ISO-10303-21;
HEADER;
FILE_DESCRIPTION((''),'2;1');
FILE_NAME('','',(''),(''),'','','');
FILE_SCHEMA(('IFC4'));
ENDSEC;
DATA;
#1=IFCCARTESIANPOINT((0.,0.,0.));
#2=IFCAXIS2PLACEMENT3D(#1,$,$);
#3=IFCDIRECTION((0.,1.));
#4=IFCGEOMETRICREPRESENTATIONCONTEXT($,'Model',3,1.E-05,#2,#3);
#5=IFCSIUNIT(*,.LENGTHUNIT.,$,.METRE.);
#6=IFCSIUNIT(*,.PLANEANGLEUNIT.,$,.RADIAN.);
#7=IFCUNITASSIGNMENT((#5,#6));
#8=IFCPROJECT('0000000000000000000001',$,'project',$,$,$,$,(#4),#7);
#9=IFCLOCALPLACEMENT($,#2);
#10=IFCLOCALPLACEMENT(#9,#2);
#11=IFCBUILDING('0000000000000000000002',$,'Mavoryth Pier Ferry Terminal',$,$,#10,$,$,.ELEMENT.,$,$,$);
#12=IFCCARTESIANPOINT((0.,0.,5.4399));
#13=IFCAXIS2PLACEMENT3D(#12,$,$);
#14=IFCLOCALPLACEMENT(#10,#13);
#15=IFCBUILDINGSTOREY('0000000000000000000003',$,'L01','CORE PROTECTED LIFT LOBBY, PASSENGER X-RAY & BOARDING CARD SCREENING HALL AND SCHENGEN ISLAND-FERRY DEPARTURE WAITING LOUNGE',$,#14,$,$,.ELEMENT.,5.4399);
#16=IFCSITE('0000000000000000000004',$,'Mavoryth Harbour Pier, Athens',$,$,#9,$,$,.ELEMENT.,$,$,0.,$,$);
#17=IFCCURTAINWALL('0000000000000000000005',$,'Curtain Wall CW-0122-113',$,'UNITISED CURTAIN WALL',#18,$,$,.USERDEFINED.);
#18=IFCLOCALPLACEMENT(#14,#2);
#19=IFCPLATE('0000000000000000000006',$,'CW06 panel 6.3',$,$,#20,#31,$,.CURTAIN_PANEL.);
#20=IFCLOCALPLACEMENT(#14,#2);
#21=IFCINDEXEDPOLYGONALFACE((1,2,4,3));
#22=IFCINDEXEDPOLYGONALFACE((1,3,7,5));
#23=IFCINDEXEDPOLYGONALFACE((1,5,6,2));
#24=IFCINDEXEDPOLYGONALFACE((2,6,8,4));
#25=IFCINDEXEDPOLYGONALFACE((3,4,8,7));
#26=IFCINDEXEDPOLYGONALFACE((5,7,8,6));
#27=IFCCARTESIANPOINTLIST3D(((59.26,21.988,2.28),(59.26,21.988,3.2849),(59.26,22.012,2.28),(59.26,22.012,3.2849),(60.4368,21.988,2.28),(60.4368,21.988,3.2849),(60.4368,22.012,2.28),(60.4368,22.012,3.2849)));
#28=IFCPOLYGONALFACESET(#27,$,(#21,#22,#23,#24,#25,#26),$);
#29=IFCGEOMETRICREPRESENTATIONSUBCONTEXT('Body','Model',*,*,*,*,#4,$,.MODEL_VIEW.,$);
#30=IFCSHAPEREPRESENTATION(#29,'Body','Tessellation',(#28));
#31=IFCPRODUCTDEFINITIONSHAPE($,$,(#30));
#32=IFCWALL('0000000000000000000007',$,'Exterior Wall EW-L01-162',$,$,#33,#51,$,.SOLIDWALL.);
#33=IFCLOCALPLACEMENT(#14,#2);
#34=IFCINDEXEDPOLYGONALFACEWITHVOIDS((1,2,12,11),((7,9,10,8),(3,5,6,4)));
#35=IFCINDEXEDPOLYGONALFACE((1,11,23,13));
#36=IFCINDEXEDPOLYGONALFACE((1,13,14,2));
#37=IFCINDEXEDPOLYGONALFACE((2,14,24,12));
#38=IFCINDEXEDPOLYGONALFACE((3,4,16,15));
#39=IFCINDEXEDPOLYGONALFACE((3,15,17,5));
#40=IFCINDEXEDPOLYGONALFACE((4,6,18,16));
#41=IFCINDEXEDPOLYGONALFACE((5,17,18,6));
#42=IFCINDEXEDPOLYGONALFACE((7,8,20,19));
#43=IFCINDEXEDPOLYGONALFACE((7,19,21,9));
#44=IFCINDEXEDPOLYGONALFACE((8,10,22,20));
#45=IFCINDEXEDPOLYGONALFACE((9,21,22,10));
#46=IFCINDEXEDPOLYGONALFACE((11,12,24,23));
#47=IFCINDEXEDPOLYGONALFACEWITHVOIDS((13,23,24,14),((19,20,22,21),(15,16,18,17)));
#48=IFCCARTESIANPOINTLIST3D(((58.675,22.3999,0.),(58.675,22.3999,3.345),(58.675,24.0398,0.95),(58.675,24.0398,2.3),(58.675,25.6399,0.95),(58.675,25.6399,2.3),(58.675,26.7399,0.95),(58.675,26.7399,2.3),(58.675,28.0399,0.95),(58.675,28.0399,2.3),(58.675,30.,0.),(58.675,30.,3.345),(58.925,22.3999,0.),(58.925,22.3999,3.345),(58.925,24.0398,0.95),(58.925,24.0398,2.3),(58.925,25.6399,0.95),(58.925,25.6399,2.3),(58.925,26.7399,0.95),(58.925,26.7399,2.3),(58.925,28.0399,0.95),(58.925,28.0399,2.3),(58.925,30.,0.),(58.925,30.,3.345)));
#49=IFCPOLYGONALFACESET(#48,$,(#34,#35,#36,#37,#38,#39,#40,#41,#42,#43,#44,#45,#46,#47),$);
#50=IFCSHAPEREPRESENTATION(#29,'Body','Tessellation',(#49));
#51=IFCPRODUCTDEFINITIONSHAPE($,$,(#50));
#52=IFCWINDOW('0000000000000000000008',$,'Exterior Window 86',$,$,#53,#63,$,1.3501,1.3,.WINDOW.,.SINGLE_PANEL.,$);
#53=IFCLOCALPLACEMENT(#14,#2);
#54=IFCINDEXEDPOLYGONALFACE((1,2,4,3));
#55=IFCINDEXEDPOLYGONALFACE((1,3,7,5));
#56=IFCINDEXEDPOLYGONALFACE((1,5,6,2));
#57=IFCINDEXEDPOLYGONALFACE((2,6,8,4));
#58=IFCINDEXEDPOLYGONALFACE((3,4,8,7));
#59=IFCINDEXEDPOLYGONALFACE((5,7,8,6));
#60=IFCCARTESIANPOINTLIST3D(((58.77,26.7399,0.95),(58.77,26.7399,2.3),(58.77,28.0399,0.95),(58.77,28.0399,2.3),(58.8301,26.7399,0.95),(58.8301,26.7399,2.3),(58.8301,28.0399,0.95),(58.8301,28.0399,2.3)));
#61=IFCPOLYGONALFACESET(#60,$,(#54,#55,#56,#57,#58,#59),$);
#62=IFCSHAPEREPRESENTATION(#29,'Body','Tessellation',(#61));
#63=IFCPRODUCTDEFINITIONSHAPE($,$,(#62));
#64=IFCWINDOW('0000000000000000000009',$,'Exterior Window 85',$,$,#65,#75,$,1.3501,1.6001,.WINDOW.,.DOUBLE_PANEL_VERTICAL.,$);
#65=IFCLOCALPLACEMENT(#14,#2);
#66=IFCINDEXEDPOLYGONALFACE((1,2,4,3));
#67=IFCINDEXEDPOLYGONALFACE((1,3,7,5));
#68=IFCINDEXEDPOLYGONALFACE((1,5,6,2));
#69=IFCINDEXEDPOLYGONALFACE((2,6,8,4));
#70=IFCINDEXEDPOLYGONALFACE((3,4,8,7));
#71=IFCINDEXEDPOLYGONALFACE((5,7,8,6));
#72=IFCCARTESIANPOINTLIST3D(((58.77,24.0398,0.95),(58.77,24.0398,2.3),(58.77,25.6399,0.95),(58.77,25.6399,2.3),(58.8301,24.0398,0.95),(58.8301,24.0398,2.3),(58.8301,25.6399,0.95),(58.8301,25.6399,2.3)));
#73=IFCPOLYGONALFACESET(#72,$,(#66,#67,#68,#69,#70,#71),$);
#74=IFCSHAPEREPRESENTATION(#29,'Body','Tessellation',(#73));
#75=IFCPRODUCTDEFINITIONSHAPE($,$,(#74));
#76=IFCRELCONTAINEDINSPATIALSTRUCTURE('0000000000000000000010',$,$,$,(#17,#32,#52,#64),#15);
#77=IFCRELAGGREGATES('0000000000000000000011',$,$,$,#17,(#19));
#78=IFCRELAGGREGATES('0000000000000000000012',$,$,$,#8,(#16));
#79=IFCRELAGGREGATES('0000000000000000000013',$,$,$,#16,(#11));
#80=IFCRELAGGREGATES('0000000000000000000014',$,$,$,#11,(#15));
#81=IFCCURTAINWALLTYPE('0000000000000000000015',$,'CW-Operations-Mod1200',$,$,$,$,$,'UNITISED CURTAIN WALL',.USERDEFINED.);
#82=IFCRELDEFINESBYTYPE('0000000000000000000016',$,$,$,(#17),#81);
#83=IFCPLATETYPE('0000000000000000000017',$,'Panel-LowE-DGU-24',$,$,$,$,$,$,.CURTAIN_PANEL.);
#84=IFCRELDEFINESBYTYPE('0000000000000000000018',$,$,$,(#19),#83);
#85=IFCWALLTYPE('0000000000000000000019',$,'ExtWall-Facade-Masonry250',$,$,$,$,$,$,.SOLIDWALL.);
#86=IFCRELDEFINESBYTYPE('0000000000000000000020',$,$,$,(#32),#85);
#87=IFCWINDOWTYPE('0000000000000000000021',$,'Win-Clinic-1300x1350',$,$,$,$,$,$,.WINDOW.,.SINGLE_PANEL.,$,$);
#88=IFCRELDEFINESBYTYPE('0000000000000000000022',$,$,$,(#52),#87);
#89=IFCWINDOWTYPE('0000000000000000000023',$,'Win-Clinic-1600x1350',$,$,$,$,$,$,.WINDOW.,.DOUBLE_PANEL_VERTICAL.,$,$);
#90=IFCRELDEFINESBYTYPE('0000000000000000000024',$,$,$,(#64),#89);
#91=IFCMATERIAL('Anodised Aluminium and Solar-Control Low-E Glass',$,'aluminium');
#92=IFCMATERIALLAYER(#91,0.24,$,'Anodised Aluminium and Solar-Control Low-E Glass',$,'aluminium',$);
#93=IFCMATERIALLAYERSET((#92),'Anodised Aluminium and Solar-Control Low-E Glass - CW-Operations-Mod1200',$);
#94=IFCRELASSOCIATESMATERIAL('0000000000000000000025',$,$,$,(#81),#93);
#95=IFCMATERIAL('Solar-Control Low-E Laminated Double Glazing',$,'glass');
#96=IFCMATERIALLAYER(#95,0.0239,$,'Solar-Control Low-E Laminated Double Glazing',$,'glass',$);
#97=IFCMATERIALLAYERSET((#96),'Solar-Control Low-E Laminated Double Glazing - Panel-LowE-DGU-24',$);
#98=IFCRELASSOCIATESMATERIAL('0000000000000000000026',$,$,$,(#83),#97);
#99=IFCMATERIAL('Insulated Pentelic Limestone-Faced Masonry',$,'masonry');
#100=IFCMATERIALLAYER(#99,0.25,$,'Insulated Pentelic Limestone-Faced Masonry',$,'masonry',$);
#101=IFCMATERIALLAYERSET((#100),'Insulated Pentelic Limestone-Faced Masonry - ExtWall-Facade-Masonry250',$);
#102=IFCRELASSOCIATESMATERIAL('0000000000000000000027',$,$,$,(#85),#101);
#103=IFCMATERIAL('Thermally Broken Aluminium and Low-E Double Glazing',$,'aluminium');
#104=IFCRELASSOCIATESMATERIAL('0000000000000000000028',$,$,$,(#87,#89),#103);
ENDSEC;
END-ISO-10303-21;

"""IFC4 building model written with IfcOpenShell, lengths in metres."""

from ifc_helpers import new_model, si_unit, direction, frame, frame_2d, origin, origin_2d, place, context, subcontext, project, spatial, rectangle, extrude, material, layer, layer_set, type_object, element, fill, aggregate, save


model = new_model("IFC4")

# Units and contexts
model_context = context("Model", 3, precision=1e-05, world=origin(), true_north=direction((0.0, 1.0)))
body_context = subcontext(model_context, "Body", "Model", "MODEL_VIEW")
ifc_project = project(units=[si_unit("LENGTHUNIT", "METRE"), si_unit("PLANEANGLEUNIT", "RADIAN")], contexts=[model_context])

# Site, building, storey
site_placement = place(None, origin())
site = spatial("IfcSite", under=ifc_project, at=site_placement, Name="Mavoryth Harbour Pier, Athens", CompositionType="ELEMENT", RefElevation=0.0)
building_placement = place(site_placement, origin())
building = spatial("IfcBuilding", under=site, at=building_placement, Name="Mavoryth Pier Ferry Terminal", CompositionType="ELEMENT")
storey_placement = place(building_placement, frame((0.0, 0.0, 5.4399)))
storey = spatial("IfcBuildingStorey", under=building, at=storey_placement, Name="L01", Description="CORE PROTECTED LIFT LOBBY, PASSENGER X-RAY & BOARDING CARD SCREENING HALL AND SCHENGEN ISLAND-FERRY DEPARTURE WAITING LOUNGE", CompositionType="ELEMENT", Elevation=5.4399)

# Curtain wall
ifc_material_1 = material(Name="Anodised Aluminium and Solar-Control Low-E Glass", Category="aluminium")
ifc_layer_1 = layer(ifc_material_1, 0.24, Name="Anodised Aluminium and Solar-Control Low-E Glass", Category="aluminium")
ifc_layer_set_1 = layer_set([ifc_layer_1], Name="Anodised Aluminium and Solar-Control Low-E Glass - CW-Operations-Mod1200")
curtain_wall_type = type_object("IfcCurtainWallType", Name="CW-Operations-Mod1200", ElementType="UNITISED CURTAIN WALL", PredefinedType="USERDEFINED", material=ifc_layer_set_1)
curtain_wall_placement = place(storey_placement, origin())
curtain_wall = element("IfcCurtainWall", 1, at=curtain_wall_placement, inside=storey, type_object=curtain_wall_type, Name="Curtain Wall CW-0122-113", ObjectType="UNITISED CURTAIN WALL", PredefinedType="USERDEFINED")

# Plate
ifc_material_2 = material(Name="Solar-Control Low-E Laminated Double Glazing", Category="glass")
ifc_layer_2 = layer(ifc_material_2, 0.0239, Name="Solar-Control Low-E Laminated Double Glazing", Category="glass")
ifc_layer_set_2 = layer_set([ifc_layer_2], Name="Solar-Control Low-E Laminated Double Glazing - Panel-LowE-DGU-24")
plate_type = type_object("IfcPlateType", Name="Panel-LowE-DGU-24", PredefinedType="CURTAIN_PANEL", material=ifc_layer_set_2)
plate_1_placement = place(storey_placement, frame((59.8484, 22.0, 2.28), z_axis=(0.0, 0.0, 1.0), x_axis=(-1.0, 0.0, 0.0)))
plate_1 = element("IfcPlate", 2, at=plate_1_placement, type_object=plate_type, Name="CW06 panel 6.3", PredefinedType="CURTAIN_PANEL", context=body_context, shape_type="SweptSolid", body=[
    extrude(rectangle(XDim=1.1768, YDim=0.0239, at=origin_2d()), origin(), (0.0, 0.0, 1.0), 1.0049),
])
aggregate(curtain_wall, [plate_1])

# Wall, openings, windows
ifc_material_3 = material(Name="Insulated Pentelic Limestone-Faced Masonry", Category="masonry")
ifc_layer_3 = layer(ifc_material_3, 0.25, Name="Insulated Pentelic Limestone-Faced Masonry", Category="masonry")
ifc_layer_set_3 = layer_set([ifc_layer_3], Name="Insulated Pentelic Limestone-Faced Masonry - ExtWall-Facade-Masonry250")
wall_type = type_object("IfcWallType", Name="ExtWall-Facade-Masonry250", PredefinedType="SOLIDWALL", material=ifc_layer_set_3)
wall_placement = place(storey_placement, frame((58.8, 22.3999, 0.0), z_axis=(0.0, 0.0, 1.0), x_axis=(0.0, 1.0, 0.0)))
wall = element("IfcWall", 3, at=wall_placement, inside=storey, type_object=wall_type, Name="Exterior Wall EW-L01-162", PredefinedType="SOLIDWALL", context=body_context, shape_type="SweptSolid", body=[
    extrude(rectangle(XDim=7.6001, YDim=0.25, at=frame_2d((3.8, 0.0))), origin(), (0.0, 0.0, 1.0), 3.345),
])
opening_1_placement = place(wall_placement, frame((1.6399, 0.0, 0.95)))
opening_1 = element("IfcOpeningElement", 4, at=opening_1_placement, cuts=wall, PredefinedType="OPENING", context=body_context, shape_type="SweptSolid", body=[
    extrude(rectangle(XDim=1.6001, YDim=1.3501, at=frame_2d((0.8, 0.675))), frame((0.0, 0.135, 0.0), z_axis=(0.0, -1.0, 0.0), x_axis=(1.0, 0.0, 0.0)), (0.0, 0.0, 1.0), 0.27),
])
opening_2_placement = place(wall_placement, frame((4.3401, 0.0, 0.95)))
opening_2 = element("IfcOpeningElement", 5, at=opening_2_placement, cuts=wall, PredefinedType="OPENING", context=body_context, shape_type="SweptSolid", body=[
    extrude(rectangle(XDim=1.3, YDim=1.3501, at=frame_2d((0.6499, 0.675))), frame((0.0, 0.135, 0.0), z_axis=(0.0, -1.0, 0.0), x_axis=(1.0, 0.0, 0.0)), (0.0, 0.0, 1.0), 0.27),
])
ifc_material_4 = material(Name="Thermally Broken Aluminium and Low-E Double Glazing", Category="aluminium")
window_type_1 = type_object("IfcWindowType", Name="Win-Clinic-1300x1350", PartitioningType="SINGLE_PANEL", PredefinedType="WINDOW", material=ifc_material_4)
window_1_placement = place(opening_2_placement, origin())
window_1 = element("IfcWindow", 6, at=window_1_placement, inside=storey, type_object=window_type_1, Name="Exterior Window 86", OverallHeight=1.3501, OverallWidth=1.3, PartitioningType="SINGLE_PANEL", PredefinedType="WINDOW", context=body_context, shape_type="SweptSolid", body=[
    extrude(rectangle(XDim=1.3, YDim=1.3501, at=frame_2d((0.6499, 0.675))), frame((0.0, 0.03, 0.0), z_axis=(0.0, -1.0, 0.0), x_axis=(1.0, 0.0, 0.0)), (0.0, 0.0, 1.0), 0.0601),
])
fill(opening_2, window_1)
window_type_2 = type_object("IfcWindowType", Name="Win-Clinic-1600x1350", PartitioningType="DOUBLE_PANEL_VERTICAL", PredefinedType="WINDOW", material=ifc_material_4)
window_2_placement = place(opening_1_placement, origin())
window_2 = element("IfcWindow", 7, at=window_2_placement, inside=storey, type_object=window_type_2, Name="Exterior Window 85", OverallHeight=1.3501, OverallWidth=1.6001, PartitioningType="DOUBLE_PANEL_VERTICAL", PredefinedType="WINDOW", context=body_context, shape_type="SweptSolid", body=[
    extrude(rectangle(XDim=1.6001, YDim=1.3501, at=frame_2d((0.8, 0.675))), frame((0.0, 0.03, 0.0), z_axis=(0.0, -1.0, 0.0), x_axis=(1.0, 0.0, 0.0)), (0.0, 0.0, 1.0), 0.0601),
])
fill(opening_1, window_2)

save(model, "model.ifc")
